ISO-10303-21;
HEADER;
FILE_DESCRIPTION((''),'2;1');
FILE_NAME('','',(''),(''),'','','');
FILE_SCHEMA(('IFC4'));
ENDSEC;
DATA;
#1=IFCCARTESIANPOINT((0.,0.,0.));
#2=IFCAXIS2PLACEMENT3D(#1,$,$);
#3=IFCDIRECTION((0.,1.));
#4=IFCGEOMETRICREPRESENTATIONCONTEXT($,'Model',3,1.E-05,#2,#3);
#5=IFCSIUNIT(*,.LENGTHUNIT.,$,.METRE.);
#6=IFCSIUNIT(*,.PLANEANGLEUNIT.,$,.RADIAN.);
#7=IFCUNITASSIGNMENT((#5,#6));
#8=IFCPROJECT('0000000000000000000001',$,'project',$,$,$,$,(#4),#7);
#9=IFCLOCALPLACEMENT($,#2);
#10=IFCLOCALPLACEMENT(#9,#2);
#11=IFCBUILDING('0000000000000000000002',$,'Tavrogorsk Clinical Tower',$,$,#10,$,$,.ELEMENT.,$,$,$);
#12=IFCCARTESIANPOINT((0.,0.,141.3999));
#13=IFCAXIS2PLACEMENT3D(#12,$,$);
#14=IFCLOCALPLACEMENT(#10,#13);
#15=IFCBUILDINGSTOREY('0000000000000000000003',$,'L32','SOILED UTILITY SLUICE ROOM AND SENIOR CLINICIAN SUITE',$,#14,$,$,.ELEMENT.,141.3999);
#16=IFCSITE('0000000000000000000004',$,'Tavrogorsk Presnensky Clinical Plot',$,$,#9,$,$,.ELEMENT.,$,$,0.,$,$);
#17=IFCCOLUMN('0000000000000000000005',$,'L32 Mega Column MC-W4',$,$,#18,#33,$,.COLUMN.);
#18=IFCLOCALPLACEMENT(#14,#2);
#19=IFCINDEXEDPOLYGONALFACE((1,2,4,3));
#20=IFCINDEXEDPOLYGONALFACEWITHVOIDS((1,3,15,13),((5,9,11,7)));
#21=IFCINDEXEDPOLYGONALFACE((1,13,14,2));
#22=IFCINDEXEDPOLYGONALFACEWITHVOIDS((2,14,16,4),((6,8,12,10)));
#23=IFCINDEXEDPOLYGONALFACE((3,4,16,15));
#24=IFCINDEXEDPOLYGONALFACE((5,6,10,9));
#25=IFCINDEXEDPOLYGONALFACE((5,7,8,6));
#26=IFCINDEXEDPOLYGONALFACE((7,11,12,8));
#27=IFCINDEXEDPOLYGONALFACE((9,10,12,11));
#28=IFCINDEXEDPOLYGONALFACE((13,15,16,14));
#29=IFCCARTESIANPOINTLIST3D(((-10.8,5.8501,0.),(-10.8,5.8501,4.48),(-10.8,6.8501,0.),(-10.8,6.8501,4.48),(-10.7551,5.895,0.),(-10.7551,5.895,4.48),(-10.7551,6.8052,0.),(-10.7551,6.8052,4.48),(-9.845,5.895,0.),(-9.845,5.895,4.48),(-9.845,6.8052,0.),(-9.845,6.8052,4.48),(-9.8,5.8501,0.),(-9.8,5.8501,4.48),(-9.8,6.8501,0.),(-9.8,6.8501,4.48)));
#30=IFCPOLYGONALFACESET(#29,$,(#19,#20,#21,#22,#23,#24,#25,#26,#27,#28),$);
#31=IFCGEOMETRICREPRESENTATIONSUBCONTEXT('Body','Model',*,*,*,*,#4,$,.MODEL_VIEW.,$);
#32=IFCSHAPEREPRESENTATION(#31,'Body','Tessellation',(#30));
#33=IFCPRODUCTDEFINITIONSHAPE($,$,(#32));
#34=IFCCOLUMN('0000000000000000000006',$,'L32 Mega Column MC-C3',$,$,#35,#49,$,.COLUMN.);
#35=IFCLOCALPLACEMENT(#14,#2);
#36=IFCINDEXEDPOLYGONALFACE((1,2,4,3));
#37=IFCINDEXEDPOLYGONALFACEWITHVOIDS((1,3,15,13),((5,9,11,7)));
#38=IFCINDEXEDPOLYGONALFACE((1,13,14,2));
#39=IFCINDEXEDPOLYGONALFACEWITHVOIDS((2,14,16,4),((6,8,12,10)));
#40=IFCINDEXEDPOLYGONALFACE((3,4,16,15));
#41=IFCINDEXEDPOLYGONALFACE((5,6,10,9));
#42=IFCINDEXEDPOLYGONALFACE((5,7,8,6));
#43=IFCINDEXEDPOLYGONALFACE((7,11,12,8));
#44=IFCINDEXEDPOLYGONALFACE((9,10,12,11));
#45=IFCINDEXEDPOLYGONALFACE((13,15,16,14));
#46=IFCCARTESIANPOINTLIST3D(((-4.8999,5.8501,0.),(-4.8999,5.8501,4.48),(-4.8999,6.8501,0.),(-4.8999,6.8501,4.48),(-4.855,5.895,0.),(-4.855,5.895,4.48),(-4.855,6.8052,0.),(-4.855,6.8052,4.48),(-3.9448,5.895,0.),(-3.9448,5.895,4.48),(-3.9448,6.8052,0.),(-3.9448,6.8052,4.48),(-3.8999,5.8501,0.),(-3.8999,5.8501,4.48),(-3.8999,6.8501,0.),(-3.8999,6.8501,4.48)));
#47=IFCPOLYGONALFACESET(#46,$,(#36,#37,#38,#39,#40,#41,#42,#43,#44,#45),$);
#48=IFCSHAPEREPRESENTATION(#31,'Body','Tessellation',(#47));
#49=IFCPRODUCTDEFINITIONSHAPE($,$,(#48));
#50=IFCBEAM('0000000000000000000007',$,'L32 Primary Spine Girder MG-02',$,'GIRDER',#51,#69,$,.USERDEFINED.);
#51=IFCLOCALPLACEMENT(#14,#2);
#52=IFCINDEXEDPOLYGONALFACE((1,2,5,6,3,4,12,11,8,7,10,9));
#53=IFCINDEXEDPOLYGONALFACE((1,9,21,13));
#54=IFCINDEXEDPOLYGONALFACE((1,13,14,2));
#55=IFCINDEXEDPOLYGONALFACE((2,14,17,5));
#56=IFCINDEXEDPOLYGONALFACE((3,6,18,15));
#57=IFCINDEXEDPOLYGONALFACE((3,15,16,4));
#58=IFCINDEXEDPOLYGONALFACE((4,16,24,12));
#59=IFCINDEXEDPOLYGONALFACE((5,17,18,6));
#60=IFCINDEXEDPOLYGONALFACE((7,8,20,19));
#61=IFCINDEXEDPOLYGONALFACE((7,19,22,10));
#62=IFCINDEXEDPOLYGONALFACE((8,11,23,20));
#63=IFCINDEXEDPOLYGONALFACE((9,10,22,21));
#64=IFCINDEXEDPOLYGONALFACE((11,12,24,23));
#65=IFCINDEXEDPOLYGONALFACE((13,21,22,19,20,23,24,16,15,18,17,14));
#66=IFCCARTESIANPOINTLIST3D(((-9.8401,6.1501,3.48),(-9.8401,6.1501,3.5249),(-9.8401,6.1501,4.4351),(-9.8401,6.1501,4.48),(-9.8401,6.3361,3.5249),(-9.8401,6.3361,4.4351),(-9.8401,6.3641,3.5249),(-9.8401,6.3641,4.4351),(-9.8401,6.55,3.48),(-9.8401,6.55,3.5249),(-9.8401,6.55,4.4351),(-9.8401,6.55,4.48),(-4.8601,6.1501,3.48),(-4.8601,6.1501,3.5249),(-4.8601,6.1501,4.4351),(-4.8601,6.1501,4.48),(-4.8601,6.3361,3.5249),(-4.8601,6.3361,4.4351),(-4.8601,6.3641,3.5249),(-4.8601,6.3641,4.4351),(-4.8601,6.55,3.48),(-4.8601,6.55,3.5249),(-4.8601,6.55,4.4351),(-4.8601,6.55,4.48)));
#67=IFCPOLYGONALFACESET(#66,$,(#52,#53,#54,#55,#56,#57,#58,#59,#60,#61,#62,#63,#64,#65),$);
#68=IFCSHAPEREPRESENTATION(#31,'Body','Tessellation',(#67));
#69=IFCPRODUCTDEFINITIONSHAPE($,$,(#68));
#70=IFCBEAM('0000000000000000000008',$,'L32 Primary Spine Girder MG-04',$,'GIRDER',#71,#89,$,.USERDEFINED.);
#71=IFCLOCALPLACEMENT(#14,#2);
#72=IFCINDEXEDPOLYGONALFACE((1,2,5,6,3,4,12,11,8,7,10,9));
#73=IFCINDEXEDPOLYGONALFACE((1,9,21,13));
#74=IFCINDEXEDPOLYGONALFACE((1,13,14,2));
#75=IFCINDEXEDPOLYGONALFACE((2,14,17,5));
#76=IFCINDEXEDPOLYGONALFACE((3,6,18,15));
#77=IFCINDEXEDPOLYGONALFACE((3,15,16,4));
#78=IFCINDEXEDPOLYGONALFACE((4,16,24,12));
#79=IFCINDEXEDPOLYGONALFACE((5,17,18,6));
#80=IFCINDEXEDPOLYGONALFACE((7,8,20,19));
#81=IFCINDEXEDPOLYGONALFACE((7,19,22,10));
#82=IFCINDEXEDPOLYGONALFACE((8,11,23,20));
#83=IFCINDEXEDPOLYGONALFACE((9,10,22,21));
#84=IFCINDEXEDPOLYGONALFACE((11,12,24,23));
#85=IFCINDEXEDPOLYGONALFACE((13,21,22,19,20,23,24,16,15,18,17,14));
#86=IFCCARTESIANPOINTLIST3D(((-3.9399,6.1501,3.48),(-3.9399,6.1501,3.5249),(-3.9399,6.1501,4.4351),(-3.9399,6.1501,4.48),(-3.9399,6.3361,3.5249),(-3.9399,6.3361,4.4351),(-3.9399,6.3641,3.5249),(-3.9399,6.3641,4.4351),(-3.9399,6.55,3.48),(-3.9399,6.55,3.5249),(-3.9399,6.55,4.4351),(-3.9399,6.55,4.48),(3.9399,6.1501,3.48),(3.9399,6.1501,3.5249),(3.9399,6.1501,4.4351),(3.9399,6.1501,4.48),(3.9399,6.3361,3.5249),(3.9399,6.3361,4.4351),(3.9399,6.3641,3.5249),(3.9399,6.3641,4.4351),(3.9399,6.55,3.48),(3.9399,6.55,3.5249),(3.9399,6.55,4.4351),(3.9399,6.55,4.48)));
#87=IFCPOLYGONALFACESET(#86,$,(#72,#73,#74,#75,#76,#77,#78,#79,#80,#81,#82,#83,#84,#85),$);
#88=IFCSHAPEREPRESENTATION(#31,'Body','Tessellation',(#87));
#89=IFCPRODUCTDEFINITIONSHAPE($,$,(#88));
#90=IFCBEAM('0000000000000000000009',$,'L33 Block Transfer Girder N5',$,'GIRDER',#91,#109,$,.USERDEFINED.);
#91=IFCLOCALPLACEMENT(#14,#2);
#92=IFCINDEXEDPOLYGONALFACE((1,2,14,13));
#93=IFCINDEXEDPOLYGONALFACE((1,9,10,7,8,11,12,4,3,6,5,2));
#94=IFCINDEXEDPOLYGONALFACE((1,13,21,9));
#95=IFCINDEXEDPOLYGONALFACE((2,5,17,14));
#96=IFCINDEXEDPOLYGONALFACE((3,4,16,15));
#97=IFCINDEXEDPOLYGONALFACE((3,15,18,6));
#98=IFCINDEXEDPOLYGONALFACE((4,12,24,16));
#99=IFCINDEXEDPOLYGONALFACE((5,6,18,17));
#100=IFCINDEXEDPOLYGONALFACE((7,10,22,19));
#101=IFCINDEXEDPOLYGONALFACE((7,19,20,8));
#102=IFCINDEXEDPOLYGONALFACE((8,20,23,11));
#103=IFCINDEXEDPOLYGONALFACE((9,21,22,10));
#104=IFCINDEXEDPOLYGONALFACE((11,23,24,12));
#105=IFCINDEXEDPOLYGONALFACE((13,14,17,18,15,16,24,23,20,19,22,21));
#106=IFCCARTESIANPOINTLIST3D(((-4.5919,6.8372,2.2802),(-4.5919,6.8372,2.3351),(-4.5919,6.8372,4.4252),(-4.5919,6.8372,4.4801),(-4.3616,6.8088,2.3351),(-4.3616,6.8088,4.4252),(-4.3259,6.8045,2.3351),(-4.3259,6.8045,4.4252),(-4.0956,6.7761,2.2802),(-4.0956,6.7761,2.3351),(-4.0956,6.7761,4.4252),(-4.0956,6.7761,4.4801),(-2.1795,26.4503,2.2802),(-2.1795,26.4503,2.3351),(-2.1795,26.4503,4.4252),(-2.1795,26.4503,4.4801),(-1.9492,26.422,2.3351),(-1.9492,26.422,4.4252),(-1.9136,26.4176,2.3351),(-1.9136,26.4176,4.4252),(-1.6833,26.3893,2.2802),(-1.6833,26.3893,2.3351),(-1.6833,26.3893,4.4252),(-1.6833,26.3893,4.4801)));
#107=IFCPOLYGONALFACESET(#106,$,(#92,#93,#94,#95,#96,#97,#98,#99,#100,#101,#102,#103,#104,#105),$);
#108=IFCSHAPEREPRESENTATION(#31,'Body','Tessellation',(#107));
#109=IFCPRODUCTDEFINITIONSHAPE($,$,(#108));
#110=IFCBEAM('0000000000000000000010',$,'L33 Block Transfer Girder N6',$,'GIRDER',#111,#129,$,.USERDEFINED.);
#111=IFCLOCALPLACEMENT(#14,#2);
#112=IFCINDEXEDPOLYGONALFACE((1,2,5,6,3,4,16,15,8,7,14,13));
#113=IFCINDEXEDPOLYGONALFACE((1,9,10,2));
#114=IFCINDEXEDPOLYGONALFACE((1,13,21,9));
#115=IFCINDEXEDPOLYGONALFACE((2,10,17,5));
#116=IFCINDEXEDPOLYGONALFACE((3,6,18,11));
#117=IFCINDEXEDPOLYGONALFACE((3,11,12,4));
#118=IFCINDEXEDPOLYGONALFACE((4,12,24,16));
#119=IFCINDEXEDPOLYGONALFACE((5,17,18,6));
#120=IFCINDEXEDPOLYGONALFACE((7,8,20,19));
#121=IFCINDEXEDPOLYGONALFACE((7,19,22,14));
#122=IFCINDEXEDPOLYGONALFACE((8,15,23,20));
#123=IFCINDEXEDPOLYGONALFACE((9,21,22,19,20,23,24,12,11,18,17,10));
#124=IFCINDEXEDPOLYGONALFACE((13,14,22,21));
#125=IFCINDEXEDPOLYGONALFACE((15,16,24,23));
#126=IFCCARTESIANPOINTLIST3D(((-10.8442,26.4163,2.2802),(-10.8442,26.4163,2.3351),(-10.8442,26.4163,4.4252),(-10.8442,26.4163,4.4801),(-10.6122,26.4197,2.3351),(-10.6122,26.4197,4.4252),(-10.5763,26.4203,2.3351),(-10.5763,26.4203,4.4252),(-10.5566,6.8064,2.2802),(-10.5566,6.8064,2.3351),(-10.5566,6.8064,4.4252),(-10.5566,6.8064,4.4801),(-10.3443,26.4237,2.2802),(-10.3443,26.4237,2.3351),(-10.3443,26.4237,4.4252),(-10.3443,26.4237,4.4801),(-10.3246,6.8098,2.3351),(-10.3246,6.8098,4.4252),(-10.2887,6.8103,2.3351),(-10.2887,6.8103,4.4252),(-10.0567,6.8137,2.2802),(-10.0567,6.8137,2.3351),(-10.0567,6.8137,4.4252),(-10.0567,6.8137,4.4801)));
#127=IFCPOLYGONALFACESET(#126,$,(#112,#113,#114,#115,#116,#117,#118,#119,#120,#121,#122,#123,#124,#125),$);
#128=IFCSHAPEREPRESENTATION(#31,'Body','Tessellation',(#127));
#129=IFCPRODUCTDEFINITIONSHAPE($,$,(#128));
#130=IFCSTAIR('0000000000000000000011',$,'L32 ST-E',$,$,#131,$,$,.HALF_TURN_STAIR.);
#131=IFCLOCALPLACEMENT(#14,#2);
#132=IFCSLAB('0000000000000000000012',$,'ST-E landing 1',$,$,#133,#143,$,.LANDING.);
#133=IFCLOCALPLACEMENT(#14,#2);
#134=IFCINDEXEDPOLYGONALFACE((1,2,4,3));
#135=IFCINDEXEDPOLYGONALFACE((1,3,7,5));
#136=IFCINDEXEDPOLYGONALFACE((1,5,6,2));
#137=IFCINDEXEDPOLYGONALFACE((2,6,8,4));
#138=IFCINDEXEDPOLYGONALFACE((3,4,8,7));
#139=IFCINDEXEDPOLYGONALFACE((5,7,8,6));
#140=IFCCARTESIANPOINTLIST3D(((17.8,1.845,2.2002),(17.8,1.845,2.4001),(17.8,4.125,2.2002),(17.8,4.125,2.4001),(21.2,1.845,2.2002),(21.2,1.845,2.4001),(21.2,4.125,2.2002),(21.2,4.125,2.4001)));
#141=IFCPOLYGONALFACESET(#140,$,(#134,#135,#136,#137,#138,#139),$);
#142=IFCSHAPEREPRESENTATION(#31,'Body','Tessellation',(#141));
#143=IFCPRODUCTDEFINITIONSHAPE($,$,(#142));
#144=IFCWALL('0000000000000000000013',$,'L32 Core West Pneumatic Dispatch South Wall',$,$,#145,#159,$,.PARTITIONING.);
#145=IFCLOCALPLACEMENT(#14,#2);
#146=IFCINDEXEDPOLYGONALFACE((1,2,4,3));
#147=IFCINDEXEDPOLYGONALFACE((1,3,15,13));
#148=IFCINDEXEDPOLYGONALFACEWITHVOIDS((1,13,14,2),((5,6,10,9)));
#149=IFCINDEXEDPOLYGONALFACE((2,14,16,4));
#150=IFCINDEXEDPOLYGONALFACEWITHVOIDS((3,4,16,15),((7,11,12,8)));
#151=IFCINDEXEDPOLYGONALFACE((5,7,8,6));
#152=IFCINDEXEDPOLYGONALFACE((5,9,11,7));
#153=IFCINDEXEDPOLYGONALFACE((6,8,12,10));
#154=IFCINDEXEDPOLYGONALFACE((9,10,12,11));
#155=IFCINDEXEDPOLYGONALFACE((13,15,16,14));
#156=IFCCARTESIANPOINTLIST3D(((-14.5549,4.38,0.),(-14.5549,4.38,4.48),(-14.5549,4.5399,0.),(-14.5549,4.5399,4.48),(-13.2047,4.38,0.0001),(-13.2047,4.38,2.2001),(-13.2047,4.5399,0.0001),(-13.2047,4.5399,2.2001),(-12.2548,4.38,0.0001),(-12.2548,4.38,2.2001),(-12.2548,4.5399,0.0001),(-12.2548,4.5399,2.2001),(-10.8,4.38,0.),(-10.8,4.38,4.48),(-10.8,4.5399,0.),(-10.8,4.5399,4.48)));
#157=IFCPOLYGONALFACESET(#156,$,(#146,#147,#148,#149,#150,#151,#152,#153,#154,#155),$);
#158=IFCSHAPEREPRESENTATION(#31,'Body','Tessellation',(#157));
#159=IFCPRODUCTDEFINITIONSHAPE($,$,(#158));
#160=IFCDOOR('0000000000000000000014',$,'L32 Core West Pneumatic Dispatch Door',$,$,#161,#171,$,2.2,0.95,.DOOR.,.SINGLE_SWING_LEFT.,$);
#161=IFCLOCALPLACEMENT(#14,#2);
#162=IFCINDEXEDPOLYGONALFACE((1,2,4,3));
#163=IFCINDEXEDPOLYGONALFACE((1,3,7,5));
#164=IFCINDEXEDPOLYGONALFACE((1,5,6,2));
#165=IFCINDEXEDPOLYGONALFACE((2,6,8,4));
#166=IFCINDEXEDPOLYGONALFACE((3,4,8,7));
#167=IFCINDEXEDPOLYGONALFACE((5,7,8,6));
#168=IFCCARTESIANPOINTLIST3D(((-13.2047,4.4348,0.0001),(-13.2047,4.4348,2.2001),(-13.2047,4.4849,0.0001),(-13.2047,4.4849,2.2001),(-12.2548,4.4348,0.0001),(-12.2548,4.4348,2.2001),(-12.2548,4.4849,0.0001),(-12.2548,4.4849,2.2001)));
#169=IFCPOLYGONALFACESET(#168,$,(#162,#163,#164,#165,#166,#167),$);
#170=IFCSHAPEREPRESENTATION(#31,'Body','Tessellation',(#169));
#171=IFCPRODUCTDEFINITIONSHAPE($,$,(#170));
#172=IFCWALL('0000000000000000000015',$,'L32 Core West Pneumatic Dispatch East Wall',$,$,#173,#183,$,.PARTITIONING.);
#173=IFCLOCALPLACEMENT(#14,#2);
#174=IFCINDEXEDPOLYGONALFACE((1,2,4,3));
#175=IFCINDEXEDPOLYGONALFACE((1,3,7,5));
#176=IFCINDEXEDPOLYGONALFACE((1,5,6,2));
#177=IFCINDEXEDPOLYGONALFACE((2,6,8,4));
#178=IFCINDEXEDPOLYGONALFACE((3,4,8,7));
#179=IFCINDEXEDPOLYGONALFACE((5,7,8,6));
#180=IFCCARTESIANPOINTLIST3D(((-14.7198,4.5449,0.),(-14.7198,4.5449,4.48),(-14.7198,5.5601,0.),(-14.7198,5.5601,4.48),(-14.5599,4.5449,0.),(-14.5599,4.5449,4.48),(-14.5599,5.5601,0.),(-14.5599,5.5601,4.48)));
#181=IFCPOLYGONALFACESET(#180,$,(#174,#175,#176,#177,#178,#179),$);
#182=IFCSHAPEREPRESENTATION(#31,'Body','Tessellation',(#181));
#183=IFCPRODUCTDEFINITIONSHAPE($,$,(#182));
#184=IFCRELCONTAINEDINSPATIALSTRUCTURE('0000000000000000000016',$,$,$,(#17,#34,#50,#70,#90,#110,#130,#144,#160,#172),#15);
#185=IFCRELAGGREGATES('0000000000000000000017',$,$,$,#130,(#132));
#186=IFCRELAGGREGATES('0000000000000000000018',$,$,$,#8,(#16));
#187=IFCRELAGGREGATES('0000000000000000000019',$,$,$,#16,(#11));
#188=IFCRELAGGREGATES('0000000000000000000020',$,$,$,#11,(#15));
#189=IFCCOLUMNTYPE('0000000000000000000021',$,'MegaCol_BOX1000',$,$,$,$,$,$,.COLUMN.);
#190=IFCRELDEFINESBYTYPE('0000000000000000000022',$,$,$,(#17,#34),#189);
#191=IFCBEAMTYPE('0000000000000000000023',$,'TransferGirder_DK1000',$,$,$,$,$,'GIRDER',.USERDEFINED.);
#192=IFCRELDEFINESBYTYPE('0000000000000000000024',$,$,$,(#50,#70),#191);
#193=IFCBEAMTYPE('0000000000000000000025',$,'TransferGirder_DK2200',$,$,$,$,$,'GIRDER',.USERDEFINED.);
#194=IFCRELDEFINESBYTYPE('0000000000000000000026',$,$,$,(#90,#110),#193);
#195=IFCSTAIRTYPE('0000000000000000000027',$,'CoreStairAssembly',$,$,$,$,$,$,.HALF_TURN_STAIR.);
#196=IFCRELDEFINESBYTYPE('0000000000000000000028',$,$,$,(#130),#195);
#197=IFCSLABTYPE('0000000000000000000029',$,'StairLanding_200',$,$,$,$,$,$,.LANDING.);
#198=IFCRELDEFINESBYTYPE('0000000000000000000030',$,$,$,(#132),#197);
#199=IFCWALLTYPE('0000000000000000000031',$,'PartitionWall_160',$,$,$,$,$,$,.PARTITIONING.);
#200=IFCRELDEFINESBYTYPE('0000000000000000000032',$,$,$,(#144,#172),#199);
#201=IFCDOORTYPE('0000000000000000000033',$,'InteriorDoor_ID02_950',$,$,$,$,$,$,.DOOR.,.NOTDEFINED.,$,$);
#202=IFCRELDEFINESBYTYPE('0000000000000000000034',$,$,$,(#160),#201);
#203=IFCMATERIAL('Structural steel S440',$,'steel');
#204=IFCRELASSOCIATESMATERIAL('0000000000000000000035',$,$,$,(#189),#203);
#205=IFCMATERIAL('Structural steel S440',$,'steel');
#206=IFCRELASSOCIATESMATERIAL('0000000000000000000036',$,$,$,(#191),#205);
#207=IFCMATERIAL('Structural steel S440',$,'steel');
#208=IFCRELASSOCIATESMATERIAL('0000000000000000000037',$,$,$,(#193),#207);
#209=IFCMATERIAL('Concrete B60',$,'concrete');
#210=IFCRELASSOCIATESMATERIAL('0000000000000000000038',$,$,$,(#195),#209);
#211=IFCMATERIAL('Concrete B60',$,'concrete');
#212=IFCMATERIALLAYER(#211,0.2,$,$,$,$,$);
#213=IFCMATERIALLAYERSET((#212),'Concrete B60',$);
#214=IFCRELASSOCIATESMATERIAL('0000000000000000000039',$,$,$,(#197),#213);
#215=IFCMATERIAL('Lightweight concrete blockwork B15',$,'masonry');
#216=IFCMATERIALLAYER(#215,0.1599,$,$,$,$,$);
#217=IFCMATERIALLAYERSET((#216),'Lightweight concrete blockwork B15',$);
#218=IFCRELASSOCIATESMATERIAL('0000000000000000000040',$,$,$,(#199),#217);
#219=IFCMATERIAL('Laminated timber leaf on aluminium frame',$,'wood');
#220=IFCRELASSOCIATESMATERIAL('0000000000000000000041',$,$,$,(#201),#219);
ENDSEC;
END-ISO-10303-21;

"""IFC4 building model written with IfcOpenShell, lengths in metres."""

from ifc_helpers import new_model, si_unit, direction, frame, frame_2d, origin, origin_2d, place, context, subcontext, project, spatial, polyline, rectangle, hollow_rectangle, i_section, outline, extrude, material, layer, layer_set, material_profile, profile_set, type_object, element, fill, aggregate, save


model = new_model("IFC4")

# Units and contexts
model_context = context("Model", 3, precision=1e-05, world=origin(), true_north=direction((0.0, 1.0)))
body_context = subcontext(model_context, "Body", "Model", "MODEL_VIEW")
ifc_project = project(units=[si_unit("LENGTHUNIT", "METRE"), si_unit("PLANEANGLEUNIT", "RADIAN")], contexts=[model_context])

# Site, building, storey
site_placement = place(None, origin())
site = spatial("IfcSite", under=ifc_project, at=site_placement, Name="Tavrogorsk Presnensky Clinical Plot", CompositionType="ELEMENT", RefElevation=0.0)
building_placement = place(site_placement, origin())
building = spatial("IfcBuilding", under=site, at=building_placement, Name="Tavrogorsk Clinical Tower", CompositionType="ELEMENT")
storey_placement = place(building_placement, frame((0.0, 0.0, 141.3999)))
storey = spatial("IfcBuildingStorey", under=building, at=storey_placement, Name="L32", Description="SOILED UTILITY SLUICE ROOM AND SENIOR CLINICIAN SUITE", CompositionType="ELEMENT", Elevation=141.3999)

# Columns
ifc_material_1 = material(Name="Structural steel S440", Category="steel")
ifc_material_profile_1 = material_profile(ifc_material_1, hollow_rectangle(XDim=1.0, YDim=1.0, WallThickness=0.0449, at=origin_2d()), Name="BOX-1000x1000x45")
ifc_profile_set_1 = profile_set([ifc_material_profile_1], Name="Structural steel S440")
column_type = type_object("IfcColumnType", Name="MegaCol_BOX1000", PredefinedType="COLUMN", material=ifc_profile_set_1)
for number, where, z_axis, x_axis, name in (
    (1, (-10.3, 6.3501, 0.0), (0.0, 0.0, 1.0), (1.0, 0.0, 0.0), "L32 Mega Column MC-W4"),
    (2, (-4.3999, 6.3501, 0.0), (0.0, 0.0, 1.0), (1.0, 0.0, 0.0), "L32 Mega Column MC-C3"),
):
    element("IfcColumn", number, at=place(storey_placement, frame(where, z_axis=z_axis, x_axis=x_axis)), inside=storey, type_object=column_type, Name=name, PredefinedType="COLUMN", context=body_context, shape_type="SweptSolid", body=[
        extrude(hollow_rectangle(XDim=1.0, YDim=1.0, WallThickness=0.0449, at=origin_2d()), origin(), (0.0, 0.0, 1.0), 4.48),
    ])

# Beams
ifc_material_2 = material(Name="Structural steel S440", Category="steel")
ifc_material_profile_2 = material_profile(ifc_material_2, i_section(OverallWidth=0.3999, OverallDepth=1.0, WebThickness=0.0281, FlangeThickness=0.0449, at=origin_2d()), Name="DK-1000x400x28x45")
ifc_profile_set_2 = profile_set([ifc_material_profile_2], Name="Structural steel S440")
beam_type_1 = type_object("IfcBeamType", Name="TransferGirder_DK1000", ElementType="GIRDER", PredefinedType="USERDEFINED", material=ifc_profile_set_2)
beam_1_placement = place(storey_placement, frame((-9.8401, 6.3501, 3.98), z_axis=(1.0, 0.0, 0.0), x_axis=(0.0, 1.0, 0.0)))
element("IfcBeam", 3, at=beam_1_placement, inside=storey, type_object=beam_type_1, Name="L32 Primary Spine Girder MG-02", ObjectType="GIRDER", PredefinedType="USERDEFINED", context=body_context, shape_type="SweptSolid", body=[
    extrude(i_section(OverallWidth=0.3999, OverallDepth=1.0, WebThickness=0.0281, FlangeThickness=0.0449, at=origin_2d()), origin(), (0.0, 0.0, 1.0), 4.98),
])
beam_2_placement = place(storey_placement, frame((-3.9399, 6.3501, 3.98), z_axis=(1.0, 0.0, 0.0), x_axis=(0.0, 1.0, 0.0)))
element("IfcBeam", 4, at=beam_2_placement, inside=storey, type_object=beam_type_1, Name="L32 Primary Spine Girder MG-04", ObjectType="GIRDER", PredefinedType="USERDEFINED", context=body_context, shape_type="SweptSolid", body=[
    extrude(i_section(OverallWidth=0.3999, OverallDepth=1.0, WebThickness=0.0281, FlangeThickness=0.0449, at=origin_2d()), origin(), (0.0, 0.0, 1.0), 7.8799),
])
ifc_material_3 = material(Name="Structural steel S440", Category="steel")
ifc_material_profile_3 = material_profile(ifc_material_3, i_section(OverallWidth=0.5, OverallDepth=2.2, WebThickness=0.0359, FlangeThickness=0.0549, at=origin_2d()), Name="DK-2200x500x36x55")
ifc_profile_set_3 = profile_set([ifc_material_profile_3], Name="Structural steel S440")
beam_type_2 = type_object("IfcBeamType", Name="TransferGirder_DK2200", ElementType="GIRDER", PredefinedType="USERDEFINED", material=ifc_profile_set_3)
beam_3_placement = place(storey_placement, frame((-4.3438, 6.8066, 3.3801), z_axis=(0.122076, 0.992521, 0.0), x_axis=(-0.992521, 0.122076, 0.0)))
element("IfcBeam", 5, at=beam_3_placement, inside=storey, type_object=beam_type_2, Name="L33 Block Transfer Girder N5", ObjectType="GIRDER", PredefinedType="USERDEFINED", context=body_context, shape_type="SweptSolid", body=[
    extrude(i_section(OverallWidth=0.5, OverallDepth=2.2, WebThickness=0.0359, FlangeThickness=0.0549, at=origin_2d()), origin(), (0.0, 0.0, 1.0), 19.761),
])
beam_4_placement = place(storey_placement, frame((-10.3066, 6.8101, 3.3801), z_axis=(-0.014664, 0.999892, 0.0), x_axis=(-0.999892, -0.014664, 0.0)))
element("IfcBeam", 6, at=beam_4_placement, inside=storey, type_object=beam_type_2, Name="L33 Block Transfer Girder N6", ObjectType="GIRDER", PredefinedType="USERDEFINED", context=body_context, shape_type="SweptSolid", body=[
    extrude(i_section(OverallWidth=0.5, OverallDepth=2.2, WebThickness=0.0359, FlangeThickness=0.0549, at=origin_2d()), origin(), (0.0, 0.0, 1.0), 19.6121),
])

# Stair, slab
ifc_material_4 = material(Name="Concrete B60", Category="concrete")
stair_type = type_object("IfcStairType", Name="CoreStairAssembly", PredefinedType="HALF_TURN_STAIR", material=ifc_material_4)
stair_placement = place(storey_placement, origin())
stair = element("IfcStair", 7, at=stair_placement, inside=storey, type_object=stair_type, Name="L32 ST-E", PredefinedType="HALF_TURN_STAIR")
ifc_material_5 = material(Name="Concrete B60", Category="concrete")
ifc_layer_1 = layer(ifc_material_5, 0.2)
ifc_layer_set_1 = layer_set([ifc_layer_1], Name="Concrete B60")
slab_type = type_object("IfcSlabType", Name="StairLanding_200", PredefinedType="LANDING", material=ifc_layer_set_1)
slab_placement = place(storey_placement, frame((0.0, 0.0, 2.2002)))
slab = element("IfcSlab", 8, at=slab_placement, type_object=slab_type, Name="ST-E landing 1", PredefinedType="LANDING", context=body_context, shape_type="SweptSolid", body=[
    extrude(outline(polyline([(21.2, 1.845), (21.2, 4.125), (17.8, 4.125), (17.8, 1.845), (21.2, 1.845)])), origin(), (0.0, 0.0, 1.0), 0.2),
])
aggregate(stair, [slab])

# Wall, opening, door
ifc_material_6 = material(Name="Lightweight concrete blockwork B15", Category="masonry")
ifc_layer_2 = layer(ifc_material_6, 0.1599)
ifc_layer_set_2 = layer_set([ifc_layer_2], Name="Lightweight concrete blockwork B15")
wall_type_1 = type_object("IfcWallType", Name="PartitionWall_160", PredefinedType="PARTITIONING", material=ifc_layer_set_2)
wall_1_placement = place(storey_placement, frame((-14.5549, 4.46, 0.0), z_axis=(0.0, 0.0, 1.0), x_axis=(1.0, 0.0, 0.0)))
wall_1 = element("IfcWall", 9, at=wall_1_placement, inside=storey, type_object=wall_type_1, Name="L32 Core West Pneumatic Dispatch South Wall", PredefinedType="PARTITIONING", context=body_context, shape_type="SweptSolid", body=[
    extrude(rectangle(XDim=3.7549, YDim=0.1599, at=frame_2d((1.8774, 0.0))), origin(), (0.0, 0.0, 1.0), 4.48),
])
opening_1_placement = place(wall_1_placement, frame((1.3501, 0.0, 0.0)))
opening_1 = element("IfcOpeningElement", 10, at=opening_1_placement, cuts=wall_1, PredefinedType="OPENING", context=body_context, shape_type="SweptSolid", body=[
    extrude(rectangle(XDim=0.95, YDim=2.2, at=frame_2d((0.4751, 1.1001))), frame((0.0, 0.0898, 0.0), z_axis=(0.0, -1.0, 0.0), x_axis=(1.0, 0.0, 0.0)), (0.0, 0.0, 1.0), 0.1799),
])
ifc_material_7 = material(Name="Laminated timber leaf on aluminium frame", Category="wood")
door_type_1 = type_object("IfcDoorType", Name="InteriorDoor_ID02_950", OperationType="NOTDEFINED", PredefinedType="DOOR", material=ifc_material_7)
door_1_placement = place(opening_1_placement, origin())
door_1 = element("IfcDoor", 11, at=door_1_placement, inside=storey, type_object=door_type_1, Name="L32 Core West Pneumatic Dispatch Door", OperationType="SINGLE_SWING_LEFT", OverallHeight=2.2, OverallWidth=0.95, PredefinedType="DOOR", context=body_context, shape_type="SweptSolid", body=[
    extrude(rectangle(XDim=0.95, YDim=2.2, at=frame_2d((0.4751, 1.1001))), frame((0.0, 0.0249, 0.0), z_axis=(0.0, -1.0, 0.0), x_axis=(1.0, 0.0, 0.0)), (0.0, 0.0, 1.0), 0.05),
])
fill(opening_1, door_1)

# Wall
wall_2_placement = place(storey_placement, frame((-14.6399, 4.5449, 0.0), z_axis=(0.0, 0.0, 1.0), x_axis=(0.0, 1.0, 0.0)))
element("IfcWall", 12, at=wall_2_placement, inside=storey, type_object=wall_type_1, Name="L32 Core West Pneumatic Dispatch East Wall", PredefinedType="PARTITIONING", context=body_context, shape_type="SweptSolid", body=[
    extrude(rectangle(XDim=1.0151, YDim=0.1599, at=frame_2d((0.5076, 0.0))), origin(), (0.0, 0.0, 1.0), 4.48),
])

save(model, "model.ifc")
